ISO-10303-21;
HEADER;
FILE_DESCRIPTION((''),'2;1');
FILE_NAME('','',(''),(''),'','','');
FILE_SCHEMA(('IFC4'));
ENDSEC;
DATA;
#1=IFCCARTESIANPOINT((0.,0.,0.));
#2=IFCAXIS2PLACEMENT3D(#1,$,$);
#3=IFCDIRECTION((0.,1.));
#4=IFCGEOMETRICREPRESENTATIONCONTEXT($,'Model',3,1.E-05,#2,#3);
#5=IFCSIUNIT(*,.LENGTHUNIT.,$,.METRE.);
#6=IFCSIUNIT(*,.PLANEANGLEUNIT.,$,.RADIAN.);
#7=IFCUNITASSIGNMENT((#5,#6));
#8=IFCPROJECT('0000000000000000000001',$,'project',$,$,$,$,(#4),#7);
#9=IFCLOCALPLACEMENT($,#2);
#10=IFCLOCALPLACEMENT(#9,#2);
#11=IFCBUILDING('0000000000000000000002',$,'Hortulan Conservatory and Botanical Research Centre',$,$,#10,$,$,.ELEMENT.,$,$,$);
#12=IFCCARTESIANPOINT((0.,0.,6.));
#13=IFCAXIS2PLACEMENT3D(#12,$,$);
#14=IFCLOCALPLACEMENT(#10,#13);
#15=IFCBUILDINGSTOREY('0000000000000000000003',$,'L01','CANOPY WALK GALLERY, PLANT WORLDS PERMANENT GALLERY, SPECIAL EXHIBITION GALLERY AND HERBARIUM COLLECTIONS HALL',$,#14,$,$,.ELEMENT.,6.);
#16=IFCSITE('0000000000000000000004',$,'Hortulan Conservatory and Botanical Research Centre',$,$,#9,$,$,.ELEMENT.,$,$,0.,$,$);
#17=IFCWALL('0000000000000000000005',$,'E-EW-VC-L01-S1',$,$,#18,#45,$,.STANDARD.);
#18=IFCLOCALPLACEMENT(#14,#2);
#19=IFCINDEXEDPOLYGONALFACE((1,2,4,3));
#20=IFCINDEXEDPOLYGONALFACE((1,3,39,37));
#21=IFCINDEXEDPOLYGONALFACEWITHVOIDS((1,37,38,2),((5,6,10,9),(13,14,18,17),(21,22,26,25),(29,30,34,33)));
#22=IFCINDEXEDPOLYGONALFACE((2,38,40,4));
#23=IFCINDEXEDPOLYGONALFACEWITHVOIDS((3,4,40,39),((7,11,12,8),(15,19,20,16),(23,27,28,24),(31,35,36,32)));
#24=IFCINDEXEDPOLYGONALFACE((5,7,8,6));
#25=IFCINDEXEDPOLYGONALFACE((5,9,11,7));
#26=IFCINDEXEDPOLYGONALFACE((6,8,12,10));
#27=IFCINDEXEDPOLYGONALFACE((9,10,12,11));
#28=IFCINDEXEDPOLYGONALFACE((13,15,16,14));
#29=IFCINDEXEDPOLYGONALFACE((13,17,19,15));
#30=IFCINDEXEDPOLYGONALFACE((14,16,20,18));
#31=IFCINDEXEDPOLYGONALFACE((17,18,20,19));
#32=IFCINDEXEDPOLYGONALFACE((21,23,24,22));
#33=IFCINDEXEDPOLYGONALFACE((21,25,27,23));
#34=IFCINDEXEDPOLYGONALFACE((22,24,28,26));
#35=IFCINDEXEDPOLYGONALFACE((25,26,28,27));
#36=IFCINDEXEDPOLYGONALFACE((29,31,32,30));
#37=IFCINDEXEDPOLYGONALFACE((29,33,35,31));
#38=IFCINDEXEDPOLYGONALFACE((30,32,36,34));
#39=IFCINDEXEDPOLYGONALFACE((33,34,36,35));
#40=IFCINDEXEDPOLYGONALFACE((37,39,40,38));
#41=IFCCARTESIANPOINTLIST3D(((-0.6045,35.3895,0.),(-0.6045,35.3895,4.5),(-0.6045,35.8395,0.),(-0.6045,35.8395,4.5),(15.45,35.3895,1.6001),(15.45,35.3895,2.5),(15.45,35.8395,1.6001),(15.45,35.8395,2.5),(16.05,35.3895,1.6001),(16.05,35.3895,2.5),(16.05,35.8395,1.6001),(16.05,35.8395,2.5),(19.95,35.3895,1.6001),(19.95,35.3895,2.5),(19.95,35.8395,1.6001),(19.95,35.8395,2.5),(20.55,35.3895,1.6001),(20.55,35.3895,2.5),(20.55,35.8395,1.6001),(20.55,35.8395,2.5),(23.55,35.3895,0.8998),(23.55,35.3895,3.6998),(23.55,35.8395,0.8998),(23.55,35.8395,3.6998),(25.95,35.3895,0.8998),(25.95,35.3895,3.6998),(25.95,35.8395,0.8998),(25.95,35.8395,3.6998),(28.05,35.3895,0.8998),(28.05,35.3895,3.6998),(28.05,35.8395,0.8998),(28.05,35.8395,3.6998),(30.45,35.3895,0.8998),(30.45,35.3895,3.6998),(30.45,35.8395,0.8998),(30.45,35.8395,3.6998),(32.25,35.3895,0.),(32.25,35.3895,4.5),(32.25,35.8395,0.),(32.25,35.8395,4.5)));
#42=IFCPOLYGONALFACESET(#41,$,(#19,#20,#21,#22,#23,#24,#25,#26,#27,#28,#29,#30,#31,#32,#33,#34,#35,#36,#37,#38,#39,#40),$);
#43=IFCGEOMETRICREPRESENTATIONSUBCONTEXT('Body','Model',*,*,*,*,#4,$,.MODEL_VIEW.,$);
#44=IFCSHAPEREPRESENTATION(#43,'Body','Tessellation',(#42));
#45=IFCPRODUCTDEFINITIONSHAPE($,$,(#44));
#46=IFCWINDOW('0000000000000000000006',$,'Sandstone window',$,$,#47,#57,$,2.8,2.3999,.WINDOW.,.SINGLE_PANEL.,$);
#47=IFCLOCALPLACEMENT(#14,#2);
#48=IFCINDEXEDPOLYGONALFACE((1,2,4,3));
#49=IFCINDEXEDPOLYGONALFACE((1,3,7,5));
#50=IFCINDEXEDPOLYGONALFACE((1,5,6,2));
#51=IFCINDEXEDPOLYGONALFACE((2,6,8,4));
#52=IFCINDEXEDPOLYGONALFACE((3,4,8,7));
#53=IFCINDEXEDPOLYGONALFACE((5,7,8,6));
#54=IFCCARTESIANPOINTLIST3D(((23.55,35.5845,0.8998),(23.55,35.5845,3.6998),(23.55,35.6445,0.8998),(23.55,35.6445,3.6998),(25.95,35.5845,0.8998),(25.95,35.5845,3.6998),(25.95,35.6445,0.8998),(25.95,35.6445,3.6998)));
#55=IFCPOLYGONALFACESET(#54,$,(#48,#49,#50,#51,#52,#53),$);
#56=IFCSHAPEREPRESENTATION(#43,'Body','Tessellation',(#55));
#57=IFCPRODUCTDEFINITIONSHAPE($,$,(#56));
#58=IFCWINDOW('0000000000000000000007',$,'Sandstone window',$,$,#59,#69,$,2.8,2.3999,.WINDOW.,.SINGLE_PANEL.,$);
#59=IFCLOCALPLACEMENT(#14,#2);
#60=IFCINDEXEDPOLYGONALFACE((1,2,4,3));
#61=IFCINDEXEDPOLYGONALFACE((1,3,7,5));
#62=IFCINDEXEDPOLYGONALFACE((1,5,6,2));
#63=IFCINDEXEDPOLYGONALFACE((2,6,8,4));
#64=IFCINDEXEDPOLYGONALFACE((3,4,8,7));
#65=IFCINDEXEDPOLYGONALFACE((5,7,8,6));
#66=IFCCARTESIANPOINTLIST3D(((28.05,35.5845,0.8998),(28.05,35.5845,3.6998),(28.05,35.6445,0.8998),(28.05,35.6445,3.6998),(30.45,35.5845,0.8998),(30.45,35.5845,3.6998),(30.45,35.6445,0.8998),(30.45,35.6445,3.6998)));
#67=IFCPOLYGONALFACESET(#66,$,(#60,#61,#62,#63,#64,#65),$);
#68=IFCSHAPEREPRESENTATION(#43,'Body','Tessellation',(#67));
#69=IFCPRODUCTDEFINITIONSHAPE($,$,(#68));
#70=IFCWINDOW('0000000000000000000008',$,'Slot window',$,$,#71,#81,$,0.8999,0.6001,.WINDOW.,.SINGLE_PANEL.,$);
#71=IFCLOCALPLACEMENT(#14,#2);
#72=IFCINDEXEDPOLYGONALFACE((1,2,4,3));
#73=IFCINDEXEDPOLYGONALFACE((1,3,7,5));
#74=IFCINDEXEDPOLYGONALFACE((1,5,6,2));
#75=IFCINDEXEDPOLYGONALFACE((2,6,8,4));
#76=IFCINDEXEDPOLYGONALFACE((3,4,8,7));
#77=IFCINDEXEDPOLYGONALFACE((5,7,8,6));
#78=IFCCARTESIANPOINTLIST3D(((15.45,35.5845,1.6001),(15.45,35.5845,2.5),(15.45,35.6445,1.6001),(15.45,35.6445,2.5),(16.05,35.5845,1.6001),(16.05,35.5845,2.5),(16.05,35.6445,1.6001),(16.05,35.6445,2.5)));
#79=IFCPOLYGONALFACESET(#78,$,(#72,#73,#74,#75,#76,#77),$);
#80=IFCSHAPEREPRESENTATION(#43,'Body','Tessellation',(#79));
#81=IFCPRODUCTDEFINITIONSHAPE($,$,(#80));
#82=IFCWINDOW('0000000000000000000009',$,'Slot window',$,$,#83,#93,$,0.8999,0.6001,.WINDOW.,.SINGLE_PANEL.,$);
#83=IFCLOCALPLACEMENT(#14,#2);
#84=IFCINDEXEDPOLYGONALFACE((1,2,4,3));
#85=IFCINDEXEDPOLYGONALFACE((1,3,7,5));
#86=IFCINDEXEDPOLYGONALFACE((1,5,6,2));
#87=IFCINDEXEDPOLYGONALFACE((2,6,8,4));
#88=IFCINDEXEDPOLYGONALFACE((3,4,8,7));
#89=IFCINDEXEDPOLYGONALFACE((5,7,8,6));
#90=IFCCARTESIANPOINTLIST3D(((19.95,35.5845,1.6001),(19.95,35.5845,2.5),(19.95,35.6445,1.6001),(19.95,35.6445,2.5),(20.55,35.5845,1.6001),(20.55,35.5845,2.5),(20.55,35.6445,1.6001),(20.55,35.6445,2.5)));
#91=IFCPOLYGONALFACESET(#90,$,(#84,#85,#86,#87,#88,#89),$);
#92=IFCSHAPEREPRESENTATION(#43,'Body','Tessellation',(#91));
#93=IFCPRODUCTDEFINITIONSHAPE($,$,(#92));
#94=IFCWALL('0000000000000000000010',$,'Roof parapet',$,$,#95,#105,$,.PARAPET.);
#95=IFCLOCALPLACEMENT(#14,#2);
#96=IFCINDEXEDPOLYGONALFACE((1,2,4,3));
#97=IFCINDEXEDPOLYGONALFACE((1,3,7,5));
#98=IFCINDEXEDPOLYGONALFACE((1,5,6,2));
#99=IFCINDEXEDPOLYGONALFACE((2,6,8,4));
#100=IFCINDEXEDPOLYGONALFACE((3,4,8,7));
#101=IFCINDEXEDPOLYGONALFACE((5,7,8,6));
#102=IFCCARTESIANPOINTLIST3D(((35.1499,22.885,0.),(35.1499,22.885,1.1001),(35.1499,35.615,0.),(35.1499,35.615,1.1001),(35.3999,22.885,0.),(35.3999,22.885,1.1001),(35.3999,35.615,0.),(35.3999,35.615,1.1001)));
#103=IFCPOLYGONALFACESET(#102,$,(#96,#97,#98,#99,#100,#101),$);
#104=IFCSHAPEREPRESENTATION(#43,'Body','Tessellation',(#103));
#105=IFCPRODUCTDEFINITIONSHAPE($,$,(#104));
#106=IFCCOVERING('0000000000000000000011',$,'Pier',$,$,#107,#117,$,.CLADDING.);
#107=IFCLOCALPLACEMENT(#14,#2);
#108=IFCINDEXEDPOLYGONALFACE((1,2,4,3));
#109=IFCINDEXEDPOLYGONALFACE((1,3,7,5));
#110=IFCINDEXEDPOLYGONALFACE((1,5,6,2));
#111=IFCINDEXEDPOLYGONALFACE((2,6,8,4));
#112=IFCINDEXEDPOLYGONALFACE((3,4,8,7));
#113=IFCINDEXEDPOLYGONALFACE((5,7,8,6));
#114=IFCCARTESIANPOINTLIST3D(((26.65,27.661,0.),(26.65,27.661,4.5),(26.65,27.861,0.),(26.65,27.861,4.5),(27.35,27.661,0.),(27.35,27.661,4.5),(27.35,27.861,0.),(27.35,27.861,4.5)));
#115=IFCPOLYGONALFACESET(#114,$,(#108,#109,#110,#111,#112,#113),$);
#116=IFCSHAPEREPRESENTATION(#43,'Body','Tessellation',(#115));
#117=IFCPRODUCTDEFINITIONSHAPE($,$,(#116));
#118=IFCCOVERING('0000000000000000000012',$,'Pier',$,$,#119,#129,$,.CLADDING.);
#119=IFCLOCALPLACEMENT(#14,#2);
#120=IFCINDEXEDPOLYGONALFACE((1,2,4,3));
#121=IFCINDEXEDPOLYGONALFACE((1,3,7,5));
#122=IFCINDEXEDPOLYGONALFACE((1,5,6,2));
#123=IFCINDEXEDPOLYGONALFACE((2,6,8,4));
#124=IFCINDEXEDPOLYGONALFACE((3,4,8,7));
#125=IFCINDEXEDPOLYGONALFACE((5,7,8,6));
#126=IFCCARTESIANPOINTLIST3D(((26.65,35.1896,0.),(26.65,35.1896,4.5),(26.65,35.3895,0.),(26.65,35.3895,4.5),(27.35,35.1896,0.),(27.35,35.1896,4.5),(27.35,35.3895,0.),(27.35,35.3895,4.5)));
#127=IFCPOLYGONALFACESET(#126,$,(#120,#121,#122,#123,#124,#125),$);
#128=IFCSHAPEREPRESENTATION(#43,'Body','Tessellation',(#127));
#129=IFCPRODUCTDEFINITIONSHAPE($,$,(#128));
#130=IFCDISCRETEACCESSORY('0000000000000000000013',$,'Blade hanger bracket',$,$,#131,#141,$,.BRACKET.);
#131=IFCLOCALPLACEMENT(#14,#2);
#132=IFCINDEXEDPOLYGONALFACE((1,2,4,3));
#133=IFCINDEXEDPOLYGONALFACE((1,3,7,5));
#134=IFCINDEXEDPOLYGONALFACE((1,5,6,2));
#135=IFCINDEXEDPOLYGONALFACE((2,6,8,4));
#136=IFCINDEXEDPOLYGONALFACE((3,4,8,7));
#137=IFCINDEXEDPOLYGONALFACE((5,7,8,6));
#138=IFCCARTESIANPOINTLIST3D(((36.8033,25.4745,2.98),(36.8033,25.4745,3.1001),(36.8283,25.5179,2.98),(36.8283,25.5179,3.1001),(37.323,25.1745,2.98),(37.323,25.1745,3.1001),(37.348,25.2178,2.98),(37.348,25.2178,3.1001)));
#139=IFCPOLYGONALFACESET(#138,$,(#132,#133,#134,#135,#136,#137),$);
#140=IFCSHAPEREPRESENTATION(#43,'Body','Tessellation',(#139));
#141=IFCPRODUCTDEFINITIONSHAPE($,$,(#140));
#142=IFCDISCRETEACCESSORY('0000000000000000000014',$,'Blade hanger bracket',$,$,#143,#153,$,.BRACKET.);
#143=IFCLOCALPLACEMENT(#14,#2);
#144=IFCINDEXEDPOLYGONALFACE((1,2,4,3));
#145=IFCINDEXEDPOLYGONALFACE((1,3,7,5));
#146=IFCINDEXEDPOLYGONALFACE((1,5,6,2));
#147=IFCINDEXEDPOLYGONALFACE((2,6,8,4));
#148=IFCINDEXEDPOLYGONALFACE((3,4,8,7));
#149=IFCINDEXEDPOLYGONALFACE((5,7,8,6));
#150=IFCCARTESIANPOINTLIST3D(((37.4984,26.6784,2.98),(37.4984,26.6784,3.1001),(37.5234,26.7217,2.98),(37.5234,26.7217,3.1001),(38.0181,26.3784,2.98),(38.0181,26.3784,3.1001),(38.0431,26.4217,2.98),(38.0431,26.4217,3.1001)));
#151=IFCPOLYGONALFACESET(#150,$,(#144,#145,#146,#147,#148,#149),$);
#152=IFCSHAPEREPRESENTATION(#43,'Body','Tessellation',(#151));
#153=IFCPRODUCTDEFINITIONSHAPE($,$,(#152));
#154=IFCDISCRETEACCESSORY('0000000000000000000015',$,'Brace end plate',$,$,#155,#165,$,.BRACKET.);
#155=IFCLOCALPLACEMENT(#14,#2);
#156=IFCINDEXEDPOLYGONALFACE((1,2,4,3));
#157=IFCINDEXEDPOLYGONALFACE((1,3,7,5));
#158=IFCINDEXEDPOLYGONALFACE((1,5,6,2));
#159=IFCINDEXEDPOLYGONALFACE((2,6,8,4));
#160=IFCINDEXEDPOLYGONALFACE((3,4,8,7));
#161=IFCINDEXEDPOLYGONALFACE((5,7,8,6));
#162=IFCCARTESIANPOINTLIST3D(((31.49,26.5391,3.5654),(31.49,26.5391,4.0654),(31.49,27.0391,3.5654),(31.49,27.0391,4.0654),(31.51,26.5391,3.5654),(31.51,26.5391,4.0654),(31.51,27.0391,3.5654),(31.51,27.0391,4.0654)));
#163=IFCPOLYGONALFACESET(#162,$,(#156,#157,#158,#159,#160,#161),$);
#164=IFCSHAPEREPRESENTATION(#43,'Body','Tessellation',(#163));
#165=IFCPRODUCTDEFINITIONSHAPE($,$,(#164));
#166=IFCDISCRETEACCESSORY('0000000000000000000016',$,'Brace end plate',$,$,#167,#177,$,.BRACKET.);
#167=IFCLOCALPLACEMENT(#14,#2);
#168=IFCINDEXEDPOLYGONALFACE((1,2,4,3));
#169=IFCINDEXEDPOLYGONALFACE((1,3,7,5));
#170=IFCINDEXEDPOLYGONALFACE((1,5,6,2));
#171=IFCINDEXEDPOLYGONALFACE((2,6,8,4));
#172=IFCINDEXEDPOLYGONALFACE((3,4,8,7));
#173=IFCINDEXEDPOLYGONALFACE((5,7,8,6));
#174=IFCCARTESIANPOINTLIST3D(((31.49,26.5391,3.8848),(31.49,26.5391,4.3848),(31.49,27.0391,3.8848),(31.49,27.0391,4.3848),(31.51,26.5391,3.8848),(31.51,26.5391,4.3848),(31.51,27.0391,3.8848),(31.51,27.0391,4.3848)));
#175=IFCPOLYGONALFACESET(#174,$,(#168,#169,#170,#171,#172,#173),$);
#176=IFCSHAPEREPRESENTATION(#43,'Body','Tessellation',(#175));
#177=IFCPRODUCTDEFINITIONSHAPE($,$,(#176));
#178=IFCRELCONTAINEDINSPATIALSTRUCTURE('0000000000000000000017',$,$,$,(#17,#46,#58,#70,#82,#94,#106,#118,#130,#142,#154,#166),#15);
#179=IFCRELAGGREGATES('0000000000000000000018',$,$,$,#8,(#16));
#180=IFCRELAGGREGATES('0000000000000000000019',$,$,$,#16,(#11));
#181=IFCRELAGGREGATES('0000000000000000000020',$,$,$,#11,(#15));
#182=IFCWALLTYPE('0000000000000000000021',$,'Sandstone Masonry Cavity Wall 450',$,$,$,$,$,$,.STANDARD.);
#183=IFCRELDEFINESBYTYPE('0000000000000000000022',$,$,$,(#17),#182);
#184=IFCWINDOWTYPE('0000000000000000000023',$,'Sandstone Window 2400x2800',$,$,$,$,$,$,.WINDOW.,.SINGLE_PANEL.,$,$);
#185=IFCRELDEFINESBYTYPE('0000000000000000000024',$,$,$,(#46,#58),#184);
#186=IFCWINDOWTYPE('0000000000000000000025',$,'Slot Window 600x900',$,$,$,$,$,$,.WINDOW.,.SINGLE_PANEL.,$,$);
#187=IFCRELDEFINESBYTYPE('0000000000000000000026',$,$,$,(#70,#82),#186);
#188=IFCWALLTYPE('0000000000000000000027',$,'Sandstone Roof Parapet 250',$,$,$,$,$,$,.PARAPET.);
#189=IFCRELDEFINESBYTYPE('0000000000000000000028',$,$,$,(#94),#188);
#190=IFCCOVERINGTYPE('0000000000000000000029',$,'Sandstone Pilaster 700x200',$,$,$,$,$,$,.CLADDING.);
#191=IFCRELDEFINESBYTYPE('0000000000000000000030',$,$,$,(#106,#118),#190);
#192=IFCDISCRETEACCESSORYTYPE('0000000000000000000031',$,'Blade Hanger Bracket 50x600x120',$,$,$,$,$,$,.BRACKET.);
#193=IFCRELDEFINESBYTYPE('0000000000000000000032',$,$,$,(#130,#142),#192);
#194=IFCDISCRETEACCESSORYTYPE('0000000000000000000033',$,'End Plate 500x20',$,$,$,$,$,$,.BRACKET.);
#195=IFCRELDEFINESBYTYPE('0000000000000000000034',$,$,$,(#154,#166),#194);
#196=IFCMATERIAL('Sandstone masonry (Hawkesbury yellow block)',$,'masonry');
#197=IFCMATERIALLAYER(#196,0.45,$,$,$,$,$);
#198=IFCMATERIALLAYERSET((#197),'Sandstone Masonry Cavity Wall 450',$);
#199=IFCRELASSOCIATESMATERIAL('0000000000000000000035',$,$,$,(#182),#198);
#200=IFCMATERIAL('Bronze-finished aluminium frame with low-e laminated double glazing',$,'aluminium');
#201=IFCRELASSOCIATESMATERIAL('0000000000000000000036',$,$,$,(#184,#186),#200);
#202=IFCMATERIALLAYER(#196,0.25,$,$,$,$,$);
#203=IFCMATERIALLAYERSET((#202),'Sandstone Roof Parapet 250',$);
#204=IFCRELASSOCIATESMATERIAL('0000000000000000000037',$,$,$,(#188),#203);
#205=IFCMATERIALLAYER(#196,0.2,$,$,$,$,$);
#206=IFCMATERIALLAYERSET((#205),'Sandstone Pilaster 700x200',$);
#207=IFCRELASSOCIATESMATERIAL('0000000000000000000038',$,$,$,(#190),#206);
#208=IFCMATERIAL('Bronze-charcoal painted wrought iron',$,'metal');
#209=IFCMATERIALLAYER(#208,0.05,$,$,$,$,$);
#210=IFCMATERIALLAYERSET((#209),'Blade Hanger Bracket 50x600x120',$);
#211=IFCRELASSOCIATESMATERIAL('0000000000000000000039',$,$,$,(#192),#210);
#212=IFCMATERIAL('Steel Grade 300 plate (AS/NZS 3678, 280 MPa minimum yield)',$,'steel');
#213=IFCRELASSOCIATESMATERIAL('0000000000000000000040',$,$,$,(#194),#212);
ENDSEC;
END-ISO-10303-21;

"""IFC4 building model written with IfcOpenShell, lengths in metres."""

from ifc_helpers import new_model, si_unit, direction, frame, frame_2d, origin, origin_2d, place, context, subcontext, project, spatial, rectangle, extrude, material, layer, layer_set, type_object, element, fill, save


model = new_model("IFC4")

# Units and contexts
model_context = context("Model", 3, precision=1e-05, world=origin(), true_north=direction((0.0, 1.0)))
body_context = subcontext(model_context, "Body", "Model", "MODEL_VIEW")
ifc_project = project(units=[si_unit("LENGTHUNIT", "METRE"), si_unit("PLANEANGLEUNIT", "RADIAN")], contexts=[model_context])

# Site, building, storey
site_placement = place(None, origin())
site = spatial("IfcSite", under=ifc_project, at=site_placement, Name="Hortulan Conservatory and Botanical Research Centre", CompositionType="ELEMENT", RefElevation=0.0)
building_placement = place(site_placement, origin())
building = spatial("IfcBuilding", under=site, at=building_placement, Name="Hortulan Conservatory and Botanical Research Centre", CompositionType="ELEMENT")
storey_placement = place(building_placement, frame((0.0, 0.0, 6.0)))
storey = spatial("IfcBuildingStorey", under=building, at=storey_placement, Name="L01", Description="CANOPY WALK GALLERY, PLANT WORLDS PERMANENT GALLERY, SPECIAL EXHIBITION GALLERY AND HERBARIUM COLLECTIONS HALL", CompositionType="ELEMENT", Elevation=6.0)

# Shared definitions
ifc_material_1 = material(Name="Sandstone masonry (Hawkesbury yellow block)", Category="masonry")
ifc_layer_1 = layer(ifc_material_1, 0.45)
ifc_layer_set_1 = layer_set([ifc_layer_1], Name="Sandstone Masonry Cavity Wall 450")
wall_type_1 = type_object("IfcWallType", Name="Sandstone Masonry Cavity Wall 450", PredefinedType="STANDARD", material=ifc_layer_set_1)

# Wall, openings, windows
wall_1_placement = place(storey_placement, frame((32.25, 35.6145, 0.0), z_axis=(0.0, 0.0, 1.0), x_axis=(-1.0, 0.0, 0.0)))
wall_1 = element("IfcWall", 1, at=wall_1_placement, inside=storey, type_object=wall_type_1, Name="E-EW-VC-L01-S1", PredefinedType="STANDARD", context=body_context, shape_type="SweptSolid", body=[
    extrude(rectangle(XDim=32.8545, YDim=0.45, at=frame_2d((16.4272, 0.0))), origin(), (0.0, 0.0, 1.0), 4.5),
])
opening_1_placement = place(wall_1_placement, frame((16.2, 0.0, 1.6001)))
opening_1 = element("IfcOpeningElement", 2, at=opening_1_placement, cuts=wall_1, PredefinedType="OPENING", context=body_context, shape_type="SweptSolid", body=[
    extrude(rectangle(XDim=0.6001, YDim=0.8999, at=frame_2d((0.3, 0.45))), frame((0.0, 0.2349, 0.0), z_axis=(0.0, -1.0, 0.0), x_axis=(1.0, 0.0, 0.0)), (0.0, 0.0, 1.0), 0.47),
])
opening_2_placement = place(wall_1_placement, frame((11.7, 0.0, 1.6001)))
opening_2 = element("IfcOpeningElement", 3, at=opening_2_placement, cuts=wall_1, PredefinedType="OPENING", context=body_context, shape_type="SweptSolid", body=[
    extrude(rectangle(XDim=0.6001, YDim=0.8999, at=frame_2d((0.3, 0.45))), frame((0.0, 0.2349, 0.0), z_axis=(0.0, -1.0, 0.0), x_axis=(1.0, 0.0, 0.0)), (0.0, 0.0, 1.0), 0.47),
])
opening_3_placement = place(wall_1_placement, frame((6.3, 0.0, 0.8999)))
opening_3 = element("IfcOpeningElement", 4, at=opening_3_placement, cuts=wall_1, PredefinedType="OPENING", context=body_context, shape_type="SweptSolid", body=[
    extrude(rectangle(XDim=2.3999, YDim=2.8, at=frame_2d((1.2, 1.3999))), frame((0.0, 0.2349, 0.0), z_axis=(0.0, -1.0, 0.0), x_axis=(1.0, 0.0, 0.0)), (0.0, 0.0, 1.0), 0.47),
])
opening_4_placement = place(wall_1_placement, frame((1.8, 0.0, 0.8999)))
opening_4 = element("IfcOpeningElement", 5, at=opening_4_placement, cuts=wall_1, PredefinedType="OPENING", context=body_context, shape_type="SweptSolid", body=[
    extrude(rectangle(XDim=2.3999, YDim=2.8, at=frame_2d((1.2, 1.3999))), frame((0.0, 0.2349, 0.0), z_axis=(0.0, -1.0, 0.0), x_axis=(1.0, 0.0, 0.0)), (0.0, 0.0, 1.0), 0.47),
])
ifc_material_2 = material(Name="Bronze-finished aluminium frame with low-e laminated double glazing", Category="aluminium")
window_type_1 = type_object("IfcWindowType", Name="Sandstone Window 2400x2800", PartitioningType="SINGLE_PANEL", PredefinedType="WINDOW", material=ifc_material_2)
window_1_placement = place(opening_3_placement, origin())
window_1 = element("IfcWindow", 6, at=window_1_placement, inside=storey, type_object=window_type_1, Name="Sandstone window", OverallHeight=2.8, OverallWidth=2.3999, PartitioningType="SINGLE_PANEL", PredefinedType="WINDOW", context=body_context, shape_type="SweptSolid", body=[
    extrude(rectangle(XDim=2.3999, YDim=2.8, at=frame_2d((1.2, 1.3999))), frame((0.0, 0.03, 0.0), z_axis=(0.0, -1.0, 0.0), x_axis=(1.0, 0.0, 0.0)), (0.0, 0.0, 1.0), 0.0601),
])
fill(opening_3, window_1)
window_2_placement = place(opening_4_placement, origin())
window_2 = element("IfcWindow", 7, at=window_2_placement, inside=storey, type_object=window_type_1, Name="Sandstone window", OverallHeight=2.8, OverallWidth=2.3999, PartitioningType="SINGLE_PANEL", PredefinedType="WINDOW", context=body_context, shape_type="SweptSolid", body=[
    extrude(rectangle(XDim=2.3999, YDim=2.8, at=frame_2d((1.2, 1.3999))), frame((0.0, 0.03, 0.0), z_axis=(0.0, -1.0, 0.0), x_axis=(1.0, 0.0, 0.0)), (0.0, 0.0, 1.0), 0.0601),
])
fill(opening_4, window_2)
window_type_2 = type_object("IfcWindowType", Name="Slot Window 600x900", PartitioningType="SINGLE_PANEL", PredefinedType="WINDOW", material=ifc_material_2)
window_3_placement = place(opening_1_placement, origin())
window_3 = element("IfcWindow", 8, at=window_3_placement, inside=storey, type_object=window_type_2, Name="Slot window", OverallHeight=0.8999, OverallWidth=0.6001, PartitioningType="SINGLE_PANEL", PredefinedType="WINDOW", context=body_context, shape_type="SweptSolid", body=[
    extrude(rectangle(XDim=0.6001, YDim=0.8999, at=frame_2d((0.3, 0.45))), frame((0.0, 0.03, 0.0), z_axis=(0.0, -1.0, 0.0), x_axis=(1.0, 0.0, 0.0)), (0.0, 0.0, 1.0), 0.0601),
])
fill(opening_1, window_3)
window_4_placement = place(opening_2_placement, origin())
window_4 = element("IfcWindow", 9, at=window_4_placement, inside=storey, type_object=window_type_2, Name="Slot window", OverallHeight=0.8999, OverallWidth=0.6001, PartitioningType="SINGLE_PANEL", PredefinedType="WINDOW", context=body_context, shape_type="SweptSolid", body=[
    extrude(rectangle(XDim=0.6001, YDim=0.8999, at=frame_2d((0.3, 0.45))), frame((0.0, 0.03, 0.0), z_axis=(0.0, -1.0, 0.0), x_axis=(1.0, 0.0, 0.0)), (0.0, 0.0, 1.0), 0.0601),
])
fill(opening_2, window_4)

# Wall
ifc_layer_2 = layer(ifc_material_1, 0.25)
ifc_layer_set_2 = layer_set([ifc_layer_2], Name="Sandstone Roof Parapet 250")
wall_type_2 = type_object("IfcWallType", Name="Sandstone Roof Parapet 250", PredefinedType="PARAPET", material=ifc_layer_set_2)
wall_2_placement = place(storey_placement, frame((35.2749, 35.615, 0.0), z_axis=(0.0, 0.0, 1.0), x_axis=(0.0, -1.0, 0.0)))
element("IfcWall", 10, at=wall_2_placement, inside=storey, type_object=wall_type_2, Name="Roof parapet", PredefinedType="PARAPET", context=body_context, shape_type="SweptSolid", body=[
    extrude(rectangle(XDim=12.73, YDim=0.25, at=frame_2d((6.365, 0.0))), origin(), (0.0, 0.0, 1.0), 1.1001),
])

# Coverings
ifc_layer_3 = layer(ifc_material_1, 0.2)
ifc_layer_set_3 = layer_set([ifc_layer_3], Name="Sandstone Pilaster 700x200")
covering_type = type_object("IfcCoveringType", Name="Sandstone Pilaster 700x200", PredefinedType="CLADDING", material=ifc_layer_set_3)
for number, where, z_axis, x_axis, name in (
    (11, (27.0, 27.761, 0.0), (0.0, 0.0, 1.0), (1.0, 0.0, 0.0), "Pier"),
    (12, (27.0, 35.2896, 0.0), (0.0, 0.0, 1.0), (-1.0, 0.0, 0.0), "Pier"),
):
    element("IfcCovering", number, at=place(storey_placement, frame(where, z_axis=z_axis, x_axis=x_axis)), inside=storey, type_object=covering_type, Name=name, PredefinedType="CLADDING", context=body_context, shape_type="SweptSolid", body=[
        extrude(rectangle(XDim=0.7, YDim=0.2, at=origin_2d()), origin(), (0.0, 0.0, 1.0), 4.5),
    ])

# Discrete accessories
ifc_material_3 = material(Name="Bronze-charcoal painted wrought iron", Category="metal")
ifc_layer_4 = layer(ifc_material_3, 0.05)
ifc_layer_set_4 = layer_set([ifc_layer_4], Name="Blade Hanger Bracket 50x600x120")
discrete_accessory_type_1 = type_object("IfcDiscreteAccessoryType", Name="Blade Hanger Bracket 50x600x120", PredefinedType="BRACKET", material=ifc_layer_set_4)
for number, where, z_axis, x_axis, name in (
    (13, (37.0757, 25.3462, 2.98), (0.0, 0.0, 1.0), (0.499982, 0.866036, 0.0), "Blade hanger bracket"),
    (14, (37.7708, 26.55, 2.98), (0.0, 0.0, 1.0), (0.499982, 0.866036, 0.0), "Blade hanger bracket"),
):
    element("IfcDiscreteAccessory", number, at=place(storey_placement, frame(where, z_axis=z_axis, x_axis=x_axis)), inside=storey, type_object=discrete_accessory_type_1, Name=name, PredefinedType="BRACKET", context=body_context, shape_type="SweptSolid", body=[
        extrude(rectangle(XDim=0.05, YDim=0.6001, at=origin_2d()), origin(), (0.0, 0.0, 1.0), 0.1201),
    ])
ifc_material_4 = material(Name="Steel Grade 300 plate (AS/NZS 3678, 280 MPa minimum yield)", Category="steel")
discrete_accessory_type_2 = type_object("IfcDiscreteAccessoryType", Name="End Plate 500x20", PredefinedType="BRACKET", material=ifc_material_4)
for number, where, z_axis, x_axis, name in (
    (15, (31.5, 26.7891, 3.5654), (0.0, 0.0, 1.0), (0.0, -1.0, 0.0), "Brace end plate"),
    (16, (31.5, 26.7891, 3.8848), (0.0, 0.0, 1.0), (0.0, -1.0, 0.0), "Brace end plate"),
):
    element("IfcDiscreteAccessory", number, at=place(storey_placement, frame(where, z_axis=z_axis, x_axis=x_axis)), inside=storey, type_object=discrete_accessory_type_2, Name=name, PredefinedType="BRACKET", context=body_context, shape_type="SweptSolid", body=[
        extrude(rectangle(XDim=0.5, YDim=0.02, at=origin_2d()), origin(), (0.0, 0.0, 1.0), 0.5),
    ])

save(model, "model.ifc")
